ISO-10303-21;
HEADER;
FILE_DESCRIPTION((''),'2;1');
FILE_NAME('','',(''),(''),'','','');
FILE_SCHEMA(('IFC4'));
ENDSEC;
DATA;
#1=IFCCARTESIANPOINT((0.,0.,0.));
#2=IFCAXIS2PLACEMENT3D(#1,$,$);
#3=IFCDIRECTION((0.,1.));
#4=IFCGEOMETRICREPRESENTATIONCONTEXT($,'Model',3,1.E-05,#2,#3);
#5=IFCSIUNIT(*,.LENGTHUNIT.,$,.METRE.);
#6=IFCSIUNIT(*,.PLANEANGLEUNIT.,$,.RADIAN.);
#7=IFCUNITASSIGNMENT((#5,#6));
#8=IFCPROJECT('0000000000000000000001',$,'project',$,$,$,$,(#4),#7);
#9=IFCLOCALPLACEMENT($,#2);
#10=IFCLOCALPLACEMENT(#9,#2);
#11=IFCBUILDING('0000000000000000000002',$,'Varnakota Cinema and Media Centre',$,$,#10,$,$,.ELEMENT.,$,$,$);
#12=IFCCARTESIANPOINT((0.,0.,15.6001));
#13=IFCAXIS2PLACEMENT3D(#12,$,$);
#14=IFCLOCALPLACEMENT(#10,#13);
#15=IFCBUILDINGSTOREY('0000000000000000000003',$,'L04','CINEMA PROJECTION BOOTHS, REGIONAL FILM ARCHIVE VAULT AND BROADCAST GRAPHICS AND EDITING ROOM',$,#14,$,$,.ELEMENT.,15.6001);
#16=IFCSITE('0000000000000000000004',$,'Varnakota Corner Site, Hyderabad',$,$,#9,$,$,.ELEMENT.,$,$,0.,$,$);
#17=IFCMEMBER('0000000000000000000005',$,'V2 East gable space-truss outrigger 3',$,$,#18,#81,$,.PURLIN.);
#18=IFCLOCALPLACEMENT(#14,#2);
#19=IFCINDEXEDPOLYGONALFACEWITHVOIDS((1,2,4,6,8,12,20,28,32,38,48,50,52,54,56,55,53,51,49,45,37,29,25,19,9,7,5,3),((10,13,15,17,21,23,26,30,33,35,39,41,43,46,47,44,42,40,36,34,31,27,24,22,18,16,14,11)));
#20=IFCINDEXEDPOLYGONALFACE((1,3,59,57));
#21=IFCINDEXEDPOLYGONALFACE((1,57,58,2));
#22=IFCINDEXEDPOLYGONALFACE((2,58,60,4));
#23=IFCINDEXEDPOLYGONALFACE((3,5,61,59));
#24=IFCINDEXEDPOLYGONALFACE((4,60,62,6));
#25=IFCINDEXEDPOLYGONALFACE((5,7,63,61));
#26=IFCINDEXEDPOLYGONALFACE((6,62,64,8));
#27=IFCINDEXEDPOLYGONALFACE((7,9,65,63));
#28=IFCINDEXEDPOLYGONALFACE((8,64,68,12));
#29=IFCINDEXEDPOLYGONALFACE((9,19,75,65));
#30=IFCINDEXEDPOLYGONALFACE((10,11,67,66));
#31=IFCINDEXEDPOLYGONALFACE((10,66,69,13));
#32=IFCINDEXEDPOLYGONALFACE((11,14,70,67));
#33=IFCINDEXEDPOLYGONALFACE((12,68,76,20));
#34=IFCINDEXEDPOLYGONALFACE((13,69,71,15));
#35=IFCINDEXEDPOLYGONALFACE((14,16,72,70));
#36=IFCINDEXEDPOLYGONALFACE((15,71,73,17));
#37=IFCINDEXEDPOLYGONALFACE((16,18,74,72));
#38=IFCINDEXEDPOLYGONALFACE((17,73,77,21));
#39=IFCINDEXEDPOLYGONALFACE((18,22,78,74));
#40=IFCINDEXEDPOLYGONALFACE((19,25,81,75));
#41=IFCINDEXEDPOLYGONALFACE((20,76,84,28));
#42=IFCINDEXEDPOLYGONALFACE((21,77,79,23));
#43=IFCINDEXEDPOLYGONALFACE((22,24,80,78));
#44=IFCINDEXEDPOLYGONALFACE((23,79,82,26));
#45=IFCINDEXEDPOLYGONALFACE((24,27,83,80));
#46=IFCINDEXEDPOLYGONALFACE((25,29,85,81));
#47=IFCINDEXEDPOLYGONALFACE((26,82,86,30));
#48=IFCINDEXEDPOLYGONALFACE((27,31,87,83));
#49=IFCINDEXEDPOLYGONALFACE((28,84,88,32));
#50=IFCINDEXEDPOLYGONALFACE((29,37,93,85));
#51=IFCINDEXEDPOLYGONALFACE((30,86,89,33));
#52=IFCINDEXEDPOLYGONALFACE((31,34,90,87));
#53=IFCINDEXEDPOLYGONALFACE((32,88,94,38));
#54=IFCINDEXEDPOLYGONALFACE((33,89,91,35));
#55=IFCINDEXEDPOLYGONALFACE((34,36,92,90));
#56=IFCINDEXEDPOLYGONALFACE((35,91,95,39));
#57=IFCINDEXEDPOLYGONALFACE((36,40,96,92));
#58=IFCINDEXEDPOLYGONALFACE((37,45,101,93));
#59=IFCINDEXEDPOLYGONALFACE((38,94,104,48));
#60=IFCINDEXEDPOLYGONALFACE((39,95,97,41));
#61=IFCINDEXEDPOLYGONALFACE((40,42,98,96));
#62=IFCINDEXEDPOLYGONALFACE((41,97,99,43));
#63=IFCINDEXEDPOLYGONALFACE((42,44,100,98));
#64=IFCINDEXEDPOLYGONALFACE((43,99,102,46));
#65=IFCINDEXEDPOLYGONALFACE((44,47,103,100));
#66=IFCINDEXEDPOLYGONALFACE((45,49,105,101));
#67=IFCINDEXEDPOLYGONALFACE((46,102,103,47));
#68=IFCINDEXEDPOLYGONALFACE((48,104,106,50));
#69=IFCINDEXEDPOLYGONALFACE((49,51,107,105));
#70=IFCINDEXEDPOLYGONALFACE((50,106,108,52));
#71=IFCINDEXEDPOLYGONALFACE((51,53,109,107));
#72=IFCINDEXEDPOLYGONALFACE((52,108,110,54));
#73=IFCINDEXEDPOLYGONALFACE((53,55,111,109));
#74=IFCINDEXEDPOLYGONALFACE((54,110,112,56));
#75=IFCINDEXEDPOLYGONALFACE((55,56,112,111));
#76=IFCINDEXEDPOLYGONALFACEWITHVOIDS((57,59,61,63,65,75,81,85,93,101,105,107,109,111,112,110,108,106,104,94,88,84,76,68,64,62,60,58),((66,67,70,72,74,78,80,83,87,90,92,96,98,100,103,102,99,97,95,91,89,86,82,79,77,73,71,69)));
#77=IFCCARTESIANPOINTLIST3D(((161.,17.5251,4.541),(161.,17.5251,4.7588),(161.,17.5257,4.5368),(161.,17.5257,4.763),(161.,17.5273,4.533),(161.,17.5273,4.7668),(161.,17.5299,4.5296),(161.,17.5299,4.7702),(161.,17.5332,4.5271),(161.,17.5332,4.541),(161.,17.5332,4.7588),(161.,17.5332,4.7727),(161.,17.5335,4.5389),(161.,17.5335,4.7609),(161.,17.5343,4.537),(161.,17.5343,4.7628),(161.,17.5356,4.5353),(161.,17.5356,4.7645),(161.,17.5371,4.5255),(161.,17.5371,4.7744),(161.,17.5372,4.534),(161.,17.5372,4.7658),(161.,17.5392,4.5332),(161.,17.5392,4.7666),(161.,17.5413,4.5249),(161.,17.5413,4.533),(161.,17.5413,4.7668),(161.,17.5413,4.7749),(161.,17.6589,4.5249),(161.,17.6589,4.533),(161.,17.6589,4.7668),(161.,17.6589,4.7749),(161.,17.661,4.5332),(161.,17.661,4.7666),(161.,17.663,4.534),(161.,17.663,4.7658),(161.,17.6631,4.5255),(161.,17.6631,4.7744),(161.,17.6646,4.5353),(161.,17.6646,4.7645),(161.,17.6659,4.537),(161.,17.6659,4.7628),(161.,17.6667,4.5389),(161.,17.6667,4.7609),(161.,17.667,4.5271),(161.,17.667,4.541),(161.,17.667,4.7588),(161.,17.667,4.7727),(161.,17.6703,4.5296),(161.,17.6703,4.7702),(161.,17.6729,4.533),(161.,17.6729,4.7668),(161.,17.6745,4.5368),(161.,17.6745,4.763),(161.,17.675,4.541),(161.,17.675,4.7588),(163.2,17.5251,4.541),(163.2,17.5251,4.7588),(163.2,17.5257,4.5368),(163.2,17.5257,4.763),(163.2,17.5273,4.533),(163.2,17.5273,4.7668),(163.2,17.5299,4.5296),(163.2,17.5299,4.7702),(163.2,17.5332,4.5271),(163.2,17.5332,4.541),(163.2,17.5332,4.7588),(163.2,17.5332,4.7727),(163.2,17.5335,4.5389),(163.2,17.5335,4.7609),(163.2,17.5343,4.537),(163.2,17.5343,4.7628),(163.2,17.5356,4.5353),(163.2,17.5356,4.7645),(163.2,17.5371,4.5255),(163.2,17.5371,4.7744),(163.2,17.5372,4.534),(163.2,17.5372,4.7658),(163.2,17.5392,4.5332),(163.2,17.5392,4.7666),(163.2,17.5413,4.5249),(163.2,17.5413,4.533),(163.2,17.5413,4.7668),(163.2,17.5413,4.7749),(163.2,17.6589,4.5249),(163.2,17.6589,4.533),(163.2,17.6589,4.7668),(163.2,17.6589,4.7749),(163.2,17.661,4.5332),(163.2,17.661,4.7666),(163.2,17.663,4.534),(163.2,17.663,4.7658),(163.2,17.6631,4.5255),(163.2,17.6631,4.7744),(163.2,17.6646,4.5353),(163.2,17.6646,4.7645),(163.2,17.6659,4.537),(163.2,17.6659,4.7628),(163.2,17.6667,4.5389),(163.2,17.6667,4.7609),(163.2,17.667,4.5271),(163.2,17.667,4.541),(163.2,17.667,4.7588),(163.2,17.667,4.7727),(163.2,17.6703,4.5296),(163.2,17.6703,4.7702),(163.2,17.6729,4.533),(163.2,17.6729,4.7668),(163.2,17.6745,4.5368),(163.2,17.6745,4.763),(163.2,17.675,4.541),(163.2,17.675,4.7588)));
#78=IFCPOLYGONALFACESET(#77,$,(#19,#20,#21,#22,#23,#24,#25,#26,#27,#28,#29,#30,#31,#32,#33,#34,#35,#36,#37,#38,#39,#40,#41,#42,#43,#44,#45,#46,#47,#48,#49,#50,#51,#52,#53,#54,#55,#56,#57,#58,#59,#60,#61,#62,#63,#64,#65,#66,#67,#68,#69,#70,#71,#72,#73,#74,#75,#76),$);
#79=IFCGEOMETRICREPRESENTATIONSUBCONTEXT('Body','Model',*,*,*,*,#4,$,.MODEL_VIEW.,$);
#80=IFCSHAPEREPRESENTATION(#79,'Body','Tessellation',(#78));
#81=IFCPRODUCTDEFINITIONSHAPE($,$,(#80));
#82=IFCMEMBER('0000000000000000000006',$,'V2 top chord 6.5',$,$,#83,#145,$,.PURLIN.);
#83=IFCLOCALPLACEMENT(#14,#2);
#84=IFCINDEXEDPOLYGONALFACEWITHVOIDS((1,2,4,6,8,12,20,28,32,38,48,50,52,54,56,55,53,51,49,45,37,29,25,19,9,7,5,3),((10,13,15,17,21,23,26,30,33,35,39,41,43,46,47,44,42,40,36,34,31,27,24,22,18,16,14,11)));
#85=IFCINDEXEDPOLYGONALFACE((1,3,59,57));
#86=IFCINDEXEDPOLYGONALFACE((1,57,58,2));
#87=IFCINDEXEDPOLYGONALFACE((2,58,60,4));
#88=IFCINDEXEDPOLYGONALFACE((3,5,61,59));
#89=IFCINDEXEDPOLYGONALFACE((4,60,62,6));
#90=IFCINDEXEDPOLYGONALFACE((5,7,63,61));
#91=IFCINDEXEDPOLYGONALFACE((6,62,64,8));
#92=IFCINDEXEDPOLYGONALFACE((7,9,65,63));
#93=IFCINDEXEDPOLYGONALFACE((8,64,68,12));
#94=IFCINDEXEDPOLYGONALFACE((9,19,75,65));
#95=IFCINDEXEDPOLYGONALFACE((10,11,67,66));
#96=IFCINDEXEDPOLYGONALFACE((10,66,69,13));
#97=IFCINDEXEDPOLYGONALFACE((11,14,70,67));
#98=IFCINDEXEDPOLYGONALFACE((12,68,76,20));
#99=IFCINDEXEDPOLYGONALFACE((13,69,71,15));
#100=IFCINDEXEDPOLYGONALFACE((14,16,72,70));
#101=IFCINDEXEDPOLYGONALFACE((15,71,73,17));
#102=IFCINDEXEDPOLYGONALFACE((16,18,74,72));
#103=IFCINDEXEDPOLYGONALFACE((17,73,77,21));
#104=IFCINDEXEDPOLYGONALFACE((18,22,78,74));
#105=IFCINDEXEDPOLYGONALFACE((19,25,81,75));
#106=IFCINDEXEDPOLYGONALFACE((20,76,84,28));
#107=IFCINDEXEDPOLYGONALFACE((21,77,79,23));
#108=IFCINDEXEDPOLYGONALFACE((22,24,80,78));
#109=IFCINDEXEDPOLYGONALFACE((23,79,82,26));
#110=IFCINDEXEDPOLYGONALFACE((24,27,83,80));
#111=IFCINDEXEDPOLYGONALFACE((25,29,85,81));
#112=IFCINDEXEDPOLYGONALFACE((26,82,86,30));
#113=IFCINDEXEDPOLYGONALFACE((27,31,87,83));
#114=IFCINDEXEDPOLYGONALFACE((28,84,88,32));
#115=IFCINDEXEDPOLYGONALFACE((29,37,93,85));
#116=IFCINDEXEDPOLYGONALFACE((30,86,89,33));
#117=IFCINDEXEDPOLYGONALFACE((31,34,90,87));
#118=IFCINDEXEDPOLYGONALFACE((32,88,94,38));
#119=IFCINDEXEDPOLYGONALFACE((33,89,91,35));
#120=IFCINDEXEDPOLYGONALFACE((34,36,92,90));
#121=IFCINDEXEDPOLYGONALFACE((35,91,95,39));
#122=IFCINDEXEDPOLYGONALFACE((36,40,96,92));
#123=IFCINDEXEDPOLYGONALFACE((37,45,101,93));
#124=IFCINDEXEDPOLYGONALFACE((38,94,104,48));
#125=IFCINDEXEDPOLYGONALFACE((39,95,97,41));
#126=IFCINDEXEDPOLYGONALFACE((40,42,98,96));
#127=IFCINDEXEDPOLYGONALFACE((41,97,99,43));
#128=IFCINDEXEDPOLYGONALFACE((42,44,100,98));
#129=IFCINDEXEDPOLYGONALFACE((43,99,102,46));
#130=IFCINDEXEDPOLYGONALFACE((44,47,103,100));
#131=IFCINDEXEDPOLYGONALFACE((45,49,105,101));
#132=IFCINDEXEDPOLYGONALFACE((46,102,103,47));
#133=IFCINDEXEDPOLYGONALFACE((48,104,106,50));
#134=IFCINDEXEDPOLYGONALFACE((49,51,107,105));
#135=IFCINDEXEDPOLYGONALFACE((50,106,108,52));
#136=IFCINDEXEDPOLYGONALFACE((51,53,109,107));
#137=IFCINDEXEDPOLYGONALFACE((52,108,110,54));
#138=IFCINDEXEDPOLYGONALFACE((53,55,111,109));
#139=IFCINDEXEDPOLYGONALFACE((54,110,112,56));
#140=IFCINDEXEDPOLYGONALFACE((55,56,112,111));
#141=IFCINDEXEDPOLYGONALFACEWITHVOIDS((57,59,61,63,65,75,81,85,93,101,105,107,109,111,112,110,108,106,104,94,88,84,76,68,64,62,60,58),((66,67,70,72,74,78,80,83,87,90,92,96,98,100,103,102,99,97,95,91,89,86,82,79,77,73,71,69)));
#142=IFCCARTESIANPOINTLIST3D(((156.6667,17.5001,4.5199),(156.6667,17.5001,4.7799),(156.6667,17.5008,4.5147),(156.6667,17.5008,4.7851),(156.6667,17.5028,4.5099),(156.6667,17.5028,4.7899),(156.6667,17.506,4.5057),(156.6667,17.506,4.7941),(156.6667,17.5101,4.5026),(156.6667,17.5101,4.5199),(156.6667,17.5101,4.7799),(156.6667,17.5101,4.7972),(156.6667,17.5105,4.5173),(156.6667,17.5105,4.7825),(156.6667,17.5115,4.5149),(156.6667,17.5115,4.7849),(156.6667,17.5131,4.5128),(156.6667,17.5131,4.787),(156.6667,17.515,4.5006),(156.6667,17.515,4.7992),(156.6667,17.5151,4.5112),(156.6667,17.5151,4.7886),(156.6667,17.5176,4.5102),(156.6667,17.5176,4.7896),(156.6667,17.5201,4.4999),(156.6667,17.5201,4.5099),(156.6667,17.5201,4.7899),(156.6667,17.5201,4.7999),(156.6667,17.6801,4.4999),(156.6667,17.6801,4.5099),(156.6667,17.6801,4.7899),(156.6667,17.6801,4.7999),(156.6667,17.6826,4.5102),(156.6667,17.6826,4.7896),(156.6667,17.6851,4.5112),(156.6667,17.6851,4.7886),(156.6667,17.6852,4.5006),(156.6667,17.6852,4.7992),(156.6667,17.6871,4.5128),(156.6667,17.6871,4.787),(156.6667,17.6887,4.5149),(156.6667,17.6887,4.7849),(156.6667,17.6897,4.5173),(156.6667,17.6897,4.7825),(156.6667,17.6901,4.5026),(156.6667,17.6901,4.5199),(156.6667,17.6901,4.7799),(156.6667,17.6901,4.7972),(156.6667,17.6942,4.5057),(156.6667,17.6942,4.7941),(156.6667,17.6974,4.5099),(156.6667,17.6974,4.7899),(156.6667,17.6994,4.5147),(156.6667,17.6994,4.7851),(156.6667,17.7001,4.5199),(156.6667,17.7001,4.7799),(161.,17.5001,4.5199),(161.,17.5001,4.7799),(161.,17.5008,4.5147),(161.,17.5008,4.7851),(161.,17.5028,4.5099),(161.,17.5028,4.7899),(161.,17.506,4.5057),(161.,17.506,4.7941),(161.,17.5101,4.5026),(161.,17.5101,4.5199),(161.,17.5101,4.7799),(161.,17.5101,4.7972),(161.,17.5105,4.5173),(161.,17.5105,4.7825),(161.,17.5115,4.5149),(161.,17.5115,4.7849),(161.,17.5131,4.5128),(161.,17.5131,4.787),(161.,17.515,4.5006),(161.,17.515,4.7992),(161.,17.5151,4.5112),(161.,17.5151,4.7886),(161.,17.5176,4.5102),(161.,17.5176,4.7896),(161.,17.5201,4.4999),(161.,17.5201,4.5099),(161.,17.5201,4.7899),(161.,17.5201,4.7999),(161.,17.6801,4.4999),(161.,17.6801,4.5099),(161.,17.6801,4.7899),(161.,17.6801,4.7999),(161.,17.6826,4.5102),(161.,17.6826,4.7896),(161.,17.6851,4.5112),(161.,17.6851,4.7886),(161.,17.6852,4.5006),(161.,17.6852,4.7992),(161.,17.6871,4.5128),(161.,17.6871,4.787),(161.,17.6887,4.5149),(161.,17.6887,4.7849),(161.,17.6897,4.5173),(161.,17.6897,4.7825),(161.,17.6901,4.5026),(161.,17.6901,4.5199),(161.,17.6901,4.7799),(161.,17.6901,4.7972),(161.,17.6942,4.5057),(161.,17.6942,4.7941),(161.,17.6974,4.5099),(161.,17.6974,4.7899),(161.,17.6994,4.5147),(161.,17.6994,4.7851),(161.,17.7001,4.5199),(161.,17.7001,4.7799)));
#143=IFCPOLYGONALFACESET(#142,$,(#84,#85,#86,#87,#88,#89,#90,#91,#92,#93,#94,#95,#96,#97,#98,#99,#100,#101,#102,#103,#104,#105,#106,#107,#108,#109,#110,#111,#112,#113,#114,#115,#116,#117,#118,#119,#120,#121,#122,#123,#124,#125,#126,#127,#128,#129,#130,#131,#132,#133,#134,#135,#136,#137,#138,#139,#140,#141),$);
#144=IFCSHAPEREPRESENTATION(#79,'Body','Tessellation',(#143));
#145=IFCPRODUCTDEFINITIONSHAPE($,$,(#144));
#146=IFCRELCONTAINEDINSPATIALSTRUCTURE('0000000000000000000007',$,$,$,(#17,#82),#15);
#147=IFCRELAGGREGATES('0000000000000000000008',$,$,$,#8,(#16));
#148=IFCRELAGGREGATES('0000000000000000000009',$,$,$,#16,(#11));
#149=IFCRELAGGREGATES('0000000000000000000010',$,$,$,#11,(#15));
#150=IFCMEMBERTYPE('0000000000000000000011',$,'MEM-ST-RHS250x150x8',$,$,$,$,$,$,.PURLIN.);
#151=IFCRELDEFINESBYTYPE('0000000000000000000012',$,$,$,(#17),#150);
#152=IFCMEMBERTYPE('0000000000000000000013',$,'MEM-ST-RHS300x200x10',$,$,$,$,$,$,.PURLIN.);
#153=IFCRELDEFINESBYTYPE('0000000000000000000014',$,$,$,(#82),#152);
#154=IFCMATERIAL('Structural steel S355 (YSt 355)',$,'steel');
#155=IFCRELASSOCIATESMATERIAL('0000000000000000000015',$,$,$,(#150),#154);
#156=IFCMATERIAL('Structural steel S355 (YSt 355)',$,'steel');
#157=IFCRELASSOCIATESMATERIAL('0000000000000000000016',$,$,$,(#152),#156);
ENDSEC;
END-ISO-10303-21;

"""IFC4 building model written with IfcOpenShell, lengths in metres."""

from ifc_helpers import new_model, si_unit, direction, frame, origin, origin_2d, place, context, subcontext, project, spatial, hollow_rectangle, extrude, material, material_profile, profile_set, type_object, element, save


model = new_model("IFC4")

# Units and contexts
model_context = context("Model", 3, precision=1e-05, world=origin(), true_north=direction((0.0, 1.0)))
body_context = subcontext(model_context, "Body", "Model", "MODEL_VIEW")
ifc_project = project(units=[si_unit("LENGTHUNIT", "METRE"), si_unit("PLANEANGLEUNIT", "RADIAN")], contexts=[model_context])

# Site, building, storey
site_placement = place(None, origin())
site = spatial("IfcSite", under=ifc_project, at=site_placement, Name="Varnakota Corner Site, Hyderabad", CompositionType="ELEMENT", RefElevation=0.0)
building_placement = place(site_placement, origin())
building = spatial("IfcBuilding", under=site, at=building_placement, Name="Varnakota Cinema and Media Centre", CompositionType="ELEMENT")
storey_placement = place(building_placement, frame((0.0, 0.0, 15.6001)))
storey = spatial("IfcBuildingStorey", under=building, at=storey_placement, Name="L04", Description="CINEMA PROJECTION BOOTHS, REGIONAL FILM ARCHIVE VAULT AND BROADCAST GRAPHICS AND EDITING ROOM", CompositionType="ELEMENT", Elevation=15.6001)

# Members
ifc_material_1 = material(Name="Structural steel S355 (YSt 355)", Category="steel")
ifc_material_profile_1 = material_profile(ifc_material_1, hollow_rectangle(XDim=0.1499, YDim=0.25, WallThickness=0.0081, InnerFilletRadius=0.0081, OuterFilletRadius=0.0161, at=origin_2d()), Name="RHS 250x150x8")
ifc_profile_set_1 = profile_set([ifc_material_profile_1], Name="Structural steel S355 (YSt 355)")
member_type_1 = type_object("IfcMemberType", Name="MEM-ST-RHS250x150x8", PredefinedType="PURLIN", material=ifc_profile_set_1)
member_1_placement = place(storey_placement, frame((161.0, 17.6001, 4.6499), z_axis=(1.0, 0.0, 0.0), x_axis=(0.0, 1.0, 0.0)))
element("IfcMember", 1, at=member_1_placement, inside=storey, type_object=member_type_1, Name="V2 East gable space-truss outrigger 3", PredefinedType="PURLIN", context=body_context, shape_type="SweptSolid", body=[
    extrude(hollow_rectangle(XDim=0.1499, YDim=0.25, WallThickness=0.0081, InnerFilletRadius=0.0081, OuterFilletRadius=0.0161, at=origin_2d()), origin(), (0.0, 0.0, 1.0), 2.2),
])
ifc_material_2 = material(Name="Structural steel S355 (YSt 355)", Category="steel")
ifc_material_profile_2 = material_profile(ifc_material_2, hollow_rectangle(XDim=0.2, YDim=0.3, WallThickness=0.01, InnerFilletRadius=0.01, OuterFilletRadius=0.02, at=origin_2d()), Name="RHS 300x200x10")
ifc_profile_set_2 = profile_set([ifc_material_profile_2], Name="Structural steel S355 (YSt 355)")
member_type_2 = type_object("IfcMemberType", Name="MEM-ST-RHS300x200x10", PredefinedType="PURLIN", material=ifc_profile_set_2)
member_2_placement = place(storey_placement, frame((156.6667, 17.6001, 4.6499), z_axis=(1.0, 0.0, 0.0), x_axis=(0.0, 1.0, 0.0)))
element("IfcMember", 2, at=member_2_placement, inside=storey, type_object=member_type_2, Name="V2 top chord 6.5", PredefinedType="PURLIN", context=body_context, shape_type="SweptSolid", body=[
    extrude(hollow_rectangle(XDim=0.2, YDim=0.3, WallThickness=0.01, InnerFilletRadius=0.01, OuterFilletRadius=0.02, at=origin_2d()), origin(), (0.0, 0.0, 1.0), 4.3333),
])

save(model, "model.ifc")
